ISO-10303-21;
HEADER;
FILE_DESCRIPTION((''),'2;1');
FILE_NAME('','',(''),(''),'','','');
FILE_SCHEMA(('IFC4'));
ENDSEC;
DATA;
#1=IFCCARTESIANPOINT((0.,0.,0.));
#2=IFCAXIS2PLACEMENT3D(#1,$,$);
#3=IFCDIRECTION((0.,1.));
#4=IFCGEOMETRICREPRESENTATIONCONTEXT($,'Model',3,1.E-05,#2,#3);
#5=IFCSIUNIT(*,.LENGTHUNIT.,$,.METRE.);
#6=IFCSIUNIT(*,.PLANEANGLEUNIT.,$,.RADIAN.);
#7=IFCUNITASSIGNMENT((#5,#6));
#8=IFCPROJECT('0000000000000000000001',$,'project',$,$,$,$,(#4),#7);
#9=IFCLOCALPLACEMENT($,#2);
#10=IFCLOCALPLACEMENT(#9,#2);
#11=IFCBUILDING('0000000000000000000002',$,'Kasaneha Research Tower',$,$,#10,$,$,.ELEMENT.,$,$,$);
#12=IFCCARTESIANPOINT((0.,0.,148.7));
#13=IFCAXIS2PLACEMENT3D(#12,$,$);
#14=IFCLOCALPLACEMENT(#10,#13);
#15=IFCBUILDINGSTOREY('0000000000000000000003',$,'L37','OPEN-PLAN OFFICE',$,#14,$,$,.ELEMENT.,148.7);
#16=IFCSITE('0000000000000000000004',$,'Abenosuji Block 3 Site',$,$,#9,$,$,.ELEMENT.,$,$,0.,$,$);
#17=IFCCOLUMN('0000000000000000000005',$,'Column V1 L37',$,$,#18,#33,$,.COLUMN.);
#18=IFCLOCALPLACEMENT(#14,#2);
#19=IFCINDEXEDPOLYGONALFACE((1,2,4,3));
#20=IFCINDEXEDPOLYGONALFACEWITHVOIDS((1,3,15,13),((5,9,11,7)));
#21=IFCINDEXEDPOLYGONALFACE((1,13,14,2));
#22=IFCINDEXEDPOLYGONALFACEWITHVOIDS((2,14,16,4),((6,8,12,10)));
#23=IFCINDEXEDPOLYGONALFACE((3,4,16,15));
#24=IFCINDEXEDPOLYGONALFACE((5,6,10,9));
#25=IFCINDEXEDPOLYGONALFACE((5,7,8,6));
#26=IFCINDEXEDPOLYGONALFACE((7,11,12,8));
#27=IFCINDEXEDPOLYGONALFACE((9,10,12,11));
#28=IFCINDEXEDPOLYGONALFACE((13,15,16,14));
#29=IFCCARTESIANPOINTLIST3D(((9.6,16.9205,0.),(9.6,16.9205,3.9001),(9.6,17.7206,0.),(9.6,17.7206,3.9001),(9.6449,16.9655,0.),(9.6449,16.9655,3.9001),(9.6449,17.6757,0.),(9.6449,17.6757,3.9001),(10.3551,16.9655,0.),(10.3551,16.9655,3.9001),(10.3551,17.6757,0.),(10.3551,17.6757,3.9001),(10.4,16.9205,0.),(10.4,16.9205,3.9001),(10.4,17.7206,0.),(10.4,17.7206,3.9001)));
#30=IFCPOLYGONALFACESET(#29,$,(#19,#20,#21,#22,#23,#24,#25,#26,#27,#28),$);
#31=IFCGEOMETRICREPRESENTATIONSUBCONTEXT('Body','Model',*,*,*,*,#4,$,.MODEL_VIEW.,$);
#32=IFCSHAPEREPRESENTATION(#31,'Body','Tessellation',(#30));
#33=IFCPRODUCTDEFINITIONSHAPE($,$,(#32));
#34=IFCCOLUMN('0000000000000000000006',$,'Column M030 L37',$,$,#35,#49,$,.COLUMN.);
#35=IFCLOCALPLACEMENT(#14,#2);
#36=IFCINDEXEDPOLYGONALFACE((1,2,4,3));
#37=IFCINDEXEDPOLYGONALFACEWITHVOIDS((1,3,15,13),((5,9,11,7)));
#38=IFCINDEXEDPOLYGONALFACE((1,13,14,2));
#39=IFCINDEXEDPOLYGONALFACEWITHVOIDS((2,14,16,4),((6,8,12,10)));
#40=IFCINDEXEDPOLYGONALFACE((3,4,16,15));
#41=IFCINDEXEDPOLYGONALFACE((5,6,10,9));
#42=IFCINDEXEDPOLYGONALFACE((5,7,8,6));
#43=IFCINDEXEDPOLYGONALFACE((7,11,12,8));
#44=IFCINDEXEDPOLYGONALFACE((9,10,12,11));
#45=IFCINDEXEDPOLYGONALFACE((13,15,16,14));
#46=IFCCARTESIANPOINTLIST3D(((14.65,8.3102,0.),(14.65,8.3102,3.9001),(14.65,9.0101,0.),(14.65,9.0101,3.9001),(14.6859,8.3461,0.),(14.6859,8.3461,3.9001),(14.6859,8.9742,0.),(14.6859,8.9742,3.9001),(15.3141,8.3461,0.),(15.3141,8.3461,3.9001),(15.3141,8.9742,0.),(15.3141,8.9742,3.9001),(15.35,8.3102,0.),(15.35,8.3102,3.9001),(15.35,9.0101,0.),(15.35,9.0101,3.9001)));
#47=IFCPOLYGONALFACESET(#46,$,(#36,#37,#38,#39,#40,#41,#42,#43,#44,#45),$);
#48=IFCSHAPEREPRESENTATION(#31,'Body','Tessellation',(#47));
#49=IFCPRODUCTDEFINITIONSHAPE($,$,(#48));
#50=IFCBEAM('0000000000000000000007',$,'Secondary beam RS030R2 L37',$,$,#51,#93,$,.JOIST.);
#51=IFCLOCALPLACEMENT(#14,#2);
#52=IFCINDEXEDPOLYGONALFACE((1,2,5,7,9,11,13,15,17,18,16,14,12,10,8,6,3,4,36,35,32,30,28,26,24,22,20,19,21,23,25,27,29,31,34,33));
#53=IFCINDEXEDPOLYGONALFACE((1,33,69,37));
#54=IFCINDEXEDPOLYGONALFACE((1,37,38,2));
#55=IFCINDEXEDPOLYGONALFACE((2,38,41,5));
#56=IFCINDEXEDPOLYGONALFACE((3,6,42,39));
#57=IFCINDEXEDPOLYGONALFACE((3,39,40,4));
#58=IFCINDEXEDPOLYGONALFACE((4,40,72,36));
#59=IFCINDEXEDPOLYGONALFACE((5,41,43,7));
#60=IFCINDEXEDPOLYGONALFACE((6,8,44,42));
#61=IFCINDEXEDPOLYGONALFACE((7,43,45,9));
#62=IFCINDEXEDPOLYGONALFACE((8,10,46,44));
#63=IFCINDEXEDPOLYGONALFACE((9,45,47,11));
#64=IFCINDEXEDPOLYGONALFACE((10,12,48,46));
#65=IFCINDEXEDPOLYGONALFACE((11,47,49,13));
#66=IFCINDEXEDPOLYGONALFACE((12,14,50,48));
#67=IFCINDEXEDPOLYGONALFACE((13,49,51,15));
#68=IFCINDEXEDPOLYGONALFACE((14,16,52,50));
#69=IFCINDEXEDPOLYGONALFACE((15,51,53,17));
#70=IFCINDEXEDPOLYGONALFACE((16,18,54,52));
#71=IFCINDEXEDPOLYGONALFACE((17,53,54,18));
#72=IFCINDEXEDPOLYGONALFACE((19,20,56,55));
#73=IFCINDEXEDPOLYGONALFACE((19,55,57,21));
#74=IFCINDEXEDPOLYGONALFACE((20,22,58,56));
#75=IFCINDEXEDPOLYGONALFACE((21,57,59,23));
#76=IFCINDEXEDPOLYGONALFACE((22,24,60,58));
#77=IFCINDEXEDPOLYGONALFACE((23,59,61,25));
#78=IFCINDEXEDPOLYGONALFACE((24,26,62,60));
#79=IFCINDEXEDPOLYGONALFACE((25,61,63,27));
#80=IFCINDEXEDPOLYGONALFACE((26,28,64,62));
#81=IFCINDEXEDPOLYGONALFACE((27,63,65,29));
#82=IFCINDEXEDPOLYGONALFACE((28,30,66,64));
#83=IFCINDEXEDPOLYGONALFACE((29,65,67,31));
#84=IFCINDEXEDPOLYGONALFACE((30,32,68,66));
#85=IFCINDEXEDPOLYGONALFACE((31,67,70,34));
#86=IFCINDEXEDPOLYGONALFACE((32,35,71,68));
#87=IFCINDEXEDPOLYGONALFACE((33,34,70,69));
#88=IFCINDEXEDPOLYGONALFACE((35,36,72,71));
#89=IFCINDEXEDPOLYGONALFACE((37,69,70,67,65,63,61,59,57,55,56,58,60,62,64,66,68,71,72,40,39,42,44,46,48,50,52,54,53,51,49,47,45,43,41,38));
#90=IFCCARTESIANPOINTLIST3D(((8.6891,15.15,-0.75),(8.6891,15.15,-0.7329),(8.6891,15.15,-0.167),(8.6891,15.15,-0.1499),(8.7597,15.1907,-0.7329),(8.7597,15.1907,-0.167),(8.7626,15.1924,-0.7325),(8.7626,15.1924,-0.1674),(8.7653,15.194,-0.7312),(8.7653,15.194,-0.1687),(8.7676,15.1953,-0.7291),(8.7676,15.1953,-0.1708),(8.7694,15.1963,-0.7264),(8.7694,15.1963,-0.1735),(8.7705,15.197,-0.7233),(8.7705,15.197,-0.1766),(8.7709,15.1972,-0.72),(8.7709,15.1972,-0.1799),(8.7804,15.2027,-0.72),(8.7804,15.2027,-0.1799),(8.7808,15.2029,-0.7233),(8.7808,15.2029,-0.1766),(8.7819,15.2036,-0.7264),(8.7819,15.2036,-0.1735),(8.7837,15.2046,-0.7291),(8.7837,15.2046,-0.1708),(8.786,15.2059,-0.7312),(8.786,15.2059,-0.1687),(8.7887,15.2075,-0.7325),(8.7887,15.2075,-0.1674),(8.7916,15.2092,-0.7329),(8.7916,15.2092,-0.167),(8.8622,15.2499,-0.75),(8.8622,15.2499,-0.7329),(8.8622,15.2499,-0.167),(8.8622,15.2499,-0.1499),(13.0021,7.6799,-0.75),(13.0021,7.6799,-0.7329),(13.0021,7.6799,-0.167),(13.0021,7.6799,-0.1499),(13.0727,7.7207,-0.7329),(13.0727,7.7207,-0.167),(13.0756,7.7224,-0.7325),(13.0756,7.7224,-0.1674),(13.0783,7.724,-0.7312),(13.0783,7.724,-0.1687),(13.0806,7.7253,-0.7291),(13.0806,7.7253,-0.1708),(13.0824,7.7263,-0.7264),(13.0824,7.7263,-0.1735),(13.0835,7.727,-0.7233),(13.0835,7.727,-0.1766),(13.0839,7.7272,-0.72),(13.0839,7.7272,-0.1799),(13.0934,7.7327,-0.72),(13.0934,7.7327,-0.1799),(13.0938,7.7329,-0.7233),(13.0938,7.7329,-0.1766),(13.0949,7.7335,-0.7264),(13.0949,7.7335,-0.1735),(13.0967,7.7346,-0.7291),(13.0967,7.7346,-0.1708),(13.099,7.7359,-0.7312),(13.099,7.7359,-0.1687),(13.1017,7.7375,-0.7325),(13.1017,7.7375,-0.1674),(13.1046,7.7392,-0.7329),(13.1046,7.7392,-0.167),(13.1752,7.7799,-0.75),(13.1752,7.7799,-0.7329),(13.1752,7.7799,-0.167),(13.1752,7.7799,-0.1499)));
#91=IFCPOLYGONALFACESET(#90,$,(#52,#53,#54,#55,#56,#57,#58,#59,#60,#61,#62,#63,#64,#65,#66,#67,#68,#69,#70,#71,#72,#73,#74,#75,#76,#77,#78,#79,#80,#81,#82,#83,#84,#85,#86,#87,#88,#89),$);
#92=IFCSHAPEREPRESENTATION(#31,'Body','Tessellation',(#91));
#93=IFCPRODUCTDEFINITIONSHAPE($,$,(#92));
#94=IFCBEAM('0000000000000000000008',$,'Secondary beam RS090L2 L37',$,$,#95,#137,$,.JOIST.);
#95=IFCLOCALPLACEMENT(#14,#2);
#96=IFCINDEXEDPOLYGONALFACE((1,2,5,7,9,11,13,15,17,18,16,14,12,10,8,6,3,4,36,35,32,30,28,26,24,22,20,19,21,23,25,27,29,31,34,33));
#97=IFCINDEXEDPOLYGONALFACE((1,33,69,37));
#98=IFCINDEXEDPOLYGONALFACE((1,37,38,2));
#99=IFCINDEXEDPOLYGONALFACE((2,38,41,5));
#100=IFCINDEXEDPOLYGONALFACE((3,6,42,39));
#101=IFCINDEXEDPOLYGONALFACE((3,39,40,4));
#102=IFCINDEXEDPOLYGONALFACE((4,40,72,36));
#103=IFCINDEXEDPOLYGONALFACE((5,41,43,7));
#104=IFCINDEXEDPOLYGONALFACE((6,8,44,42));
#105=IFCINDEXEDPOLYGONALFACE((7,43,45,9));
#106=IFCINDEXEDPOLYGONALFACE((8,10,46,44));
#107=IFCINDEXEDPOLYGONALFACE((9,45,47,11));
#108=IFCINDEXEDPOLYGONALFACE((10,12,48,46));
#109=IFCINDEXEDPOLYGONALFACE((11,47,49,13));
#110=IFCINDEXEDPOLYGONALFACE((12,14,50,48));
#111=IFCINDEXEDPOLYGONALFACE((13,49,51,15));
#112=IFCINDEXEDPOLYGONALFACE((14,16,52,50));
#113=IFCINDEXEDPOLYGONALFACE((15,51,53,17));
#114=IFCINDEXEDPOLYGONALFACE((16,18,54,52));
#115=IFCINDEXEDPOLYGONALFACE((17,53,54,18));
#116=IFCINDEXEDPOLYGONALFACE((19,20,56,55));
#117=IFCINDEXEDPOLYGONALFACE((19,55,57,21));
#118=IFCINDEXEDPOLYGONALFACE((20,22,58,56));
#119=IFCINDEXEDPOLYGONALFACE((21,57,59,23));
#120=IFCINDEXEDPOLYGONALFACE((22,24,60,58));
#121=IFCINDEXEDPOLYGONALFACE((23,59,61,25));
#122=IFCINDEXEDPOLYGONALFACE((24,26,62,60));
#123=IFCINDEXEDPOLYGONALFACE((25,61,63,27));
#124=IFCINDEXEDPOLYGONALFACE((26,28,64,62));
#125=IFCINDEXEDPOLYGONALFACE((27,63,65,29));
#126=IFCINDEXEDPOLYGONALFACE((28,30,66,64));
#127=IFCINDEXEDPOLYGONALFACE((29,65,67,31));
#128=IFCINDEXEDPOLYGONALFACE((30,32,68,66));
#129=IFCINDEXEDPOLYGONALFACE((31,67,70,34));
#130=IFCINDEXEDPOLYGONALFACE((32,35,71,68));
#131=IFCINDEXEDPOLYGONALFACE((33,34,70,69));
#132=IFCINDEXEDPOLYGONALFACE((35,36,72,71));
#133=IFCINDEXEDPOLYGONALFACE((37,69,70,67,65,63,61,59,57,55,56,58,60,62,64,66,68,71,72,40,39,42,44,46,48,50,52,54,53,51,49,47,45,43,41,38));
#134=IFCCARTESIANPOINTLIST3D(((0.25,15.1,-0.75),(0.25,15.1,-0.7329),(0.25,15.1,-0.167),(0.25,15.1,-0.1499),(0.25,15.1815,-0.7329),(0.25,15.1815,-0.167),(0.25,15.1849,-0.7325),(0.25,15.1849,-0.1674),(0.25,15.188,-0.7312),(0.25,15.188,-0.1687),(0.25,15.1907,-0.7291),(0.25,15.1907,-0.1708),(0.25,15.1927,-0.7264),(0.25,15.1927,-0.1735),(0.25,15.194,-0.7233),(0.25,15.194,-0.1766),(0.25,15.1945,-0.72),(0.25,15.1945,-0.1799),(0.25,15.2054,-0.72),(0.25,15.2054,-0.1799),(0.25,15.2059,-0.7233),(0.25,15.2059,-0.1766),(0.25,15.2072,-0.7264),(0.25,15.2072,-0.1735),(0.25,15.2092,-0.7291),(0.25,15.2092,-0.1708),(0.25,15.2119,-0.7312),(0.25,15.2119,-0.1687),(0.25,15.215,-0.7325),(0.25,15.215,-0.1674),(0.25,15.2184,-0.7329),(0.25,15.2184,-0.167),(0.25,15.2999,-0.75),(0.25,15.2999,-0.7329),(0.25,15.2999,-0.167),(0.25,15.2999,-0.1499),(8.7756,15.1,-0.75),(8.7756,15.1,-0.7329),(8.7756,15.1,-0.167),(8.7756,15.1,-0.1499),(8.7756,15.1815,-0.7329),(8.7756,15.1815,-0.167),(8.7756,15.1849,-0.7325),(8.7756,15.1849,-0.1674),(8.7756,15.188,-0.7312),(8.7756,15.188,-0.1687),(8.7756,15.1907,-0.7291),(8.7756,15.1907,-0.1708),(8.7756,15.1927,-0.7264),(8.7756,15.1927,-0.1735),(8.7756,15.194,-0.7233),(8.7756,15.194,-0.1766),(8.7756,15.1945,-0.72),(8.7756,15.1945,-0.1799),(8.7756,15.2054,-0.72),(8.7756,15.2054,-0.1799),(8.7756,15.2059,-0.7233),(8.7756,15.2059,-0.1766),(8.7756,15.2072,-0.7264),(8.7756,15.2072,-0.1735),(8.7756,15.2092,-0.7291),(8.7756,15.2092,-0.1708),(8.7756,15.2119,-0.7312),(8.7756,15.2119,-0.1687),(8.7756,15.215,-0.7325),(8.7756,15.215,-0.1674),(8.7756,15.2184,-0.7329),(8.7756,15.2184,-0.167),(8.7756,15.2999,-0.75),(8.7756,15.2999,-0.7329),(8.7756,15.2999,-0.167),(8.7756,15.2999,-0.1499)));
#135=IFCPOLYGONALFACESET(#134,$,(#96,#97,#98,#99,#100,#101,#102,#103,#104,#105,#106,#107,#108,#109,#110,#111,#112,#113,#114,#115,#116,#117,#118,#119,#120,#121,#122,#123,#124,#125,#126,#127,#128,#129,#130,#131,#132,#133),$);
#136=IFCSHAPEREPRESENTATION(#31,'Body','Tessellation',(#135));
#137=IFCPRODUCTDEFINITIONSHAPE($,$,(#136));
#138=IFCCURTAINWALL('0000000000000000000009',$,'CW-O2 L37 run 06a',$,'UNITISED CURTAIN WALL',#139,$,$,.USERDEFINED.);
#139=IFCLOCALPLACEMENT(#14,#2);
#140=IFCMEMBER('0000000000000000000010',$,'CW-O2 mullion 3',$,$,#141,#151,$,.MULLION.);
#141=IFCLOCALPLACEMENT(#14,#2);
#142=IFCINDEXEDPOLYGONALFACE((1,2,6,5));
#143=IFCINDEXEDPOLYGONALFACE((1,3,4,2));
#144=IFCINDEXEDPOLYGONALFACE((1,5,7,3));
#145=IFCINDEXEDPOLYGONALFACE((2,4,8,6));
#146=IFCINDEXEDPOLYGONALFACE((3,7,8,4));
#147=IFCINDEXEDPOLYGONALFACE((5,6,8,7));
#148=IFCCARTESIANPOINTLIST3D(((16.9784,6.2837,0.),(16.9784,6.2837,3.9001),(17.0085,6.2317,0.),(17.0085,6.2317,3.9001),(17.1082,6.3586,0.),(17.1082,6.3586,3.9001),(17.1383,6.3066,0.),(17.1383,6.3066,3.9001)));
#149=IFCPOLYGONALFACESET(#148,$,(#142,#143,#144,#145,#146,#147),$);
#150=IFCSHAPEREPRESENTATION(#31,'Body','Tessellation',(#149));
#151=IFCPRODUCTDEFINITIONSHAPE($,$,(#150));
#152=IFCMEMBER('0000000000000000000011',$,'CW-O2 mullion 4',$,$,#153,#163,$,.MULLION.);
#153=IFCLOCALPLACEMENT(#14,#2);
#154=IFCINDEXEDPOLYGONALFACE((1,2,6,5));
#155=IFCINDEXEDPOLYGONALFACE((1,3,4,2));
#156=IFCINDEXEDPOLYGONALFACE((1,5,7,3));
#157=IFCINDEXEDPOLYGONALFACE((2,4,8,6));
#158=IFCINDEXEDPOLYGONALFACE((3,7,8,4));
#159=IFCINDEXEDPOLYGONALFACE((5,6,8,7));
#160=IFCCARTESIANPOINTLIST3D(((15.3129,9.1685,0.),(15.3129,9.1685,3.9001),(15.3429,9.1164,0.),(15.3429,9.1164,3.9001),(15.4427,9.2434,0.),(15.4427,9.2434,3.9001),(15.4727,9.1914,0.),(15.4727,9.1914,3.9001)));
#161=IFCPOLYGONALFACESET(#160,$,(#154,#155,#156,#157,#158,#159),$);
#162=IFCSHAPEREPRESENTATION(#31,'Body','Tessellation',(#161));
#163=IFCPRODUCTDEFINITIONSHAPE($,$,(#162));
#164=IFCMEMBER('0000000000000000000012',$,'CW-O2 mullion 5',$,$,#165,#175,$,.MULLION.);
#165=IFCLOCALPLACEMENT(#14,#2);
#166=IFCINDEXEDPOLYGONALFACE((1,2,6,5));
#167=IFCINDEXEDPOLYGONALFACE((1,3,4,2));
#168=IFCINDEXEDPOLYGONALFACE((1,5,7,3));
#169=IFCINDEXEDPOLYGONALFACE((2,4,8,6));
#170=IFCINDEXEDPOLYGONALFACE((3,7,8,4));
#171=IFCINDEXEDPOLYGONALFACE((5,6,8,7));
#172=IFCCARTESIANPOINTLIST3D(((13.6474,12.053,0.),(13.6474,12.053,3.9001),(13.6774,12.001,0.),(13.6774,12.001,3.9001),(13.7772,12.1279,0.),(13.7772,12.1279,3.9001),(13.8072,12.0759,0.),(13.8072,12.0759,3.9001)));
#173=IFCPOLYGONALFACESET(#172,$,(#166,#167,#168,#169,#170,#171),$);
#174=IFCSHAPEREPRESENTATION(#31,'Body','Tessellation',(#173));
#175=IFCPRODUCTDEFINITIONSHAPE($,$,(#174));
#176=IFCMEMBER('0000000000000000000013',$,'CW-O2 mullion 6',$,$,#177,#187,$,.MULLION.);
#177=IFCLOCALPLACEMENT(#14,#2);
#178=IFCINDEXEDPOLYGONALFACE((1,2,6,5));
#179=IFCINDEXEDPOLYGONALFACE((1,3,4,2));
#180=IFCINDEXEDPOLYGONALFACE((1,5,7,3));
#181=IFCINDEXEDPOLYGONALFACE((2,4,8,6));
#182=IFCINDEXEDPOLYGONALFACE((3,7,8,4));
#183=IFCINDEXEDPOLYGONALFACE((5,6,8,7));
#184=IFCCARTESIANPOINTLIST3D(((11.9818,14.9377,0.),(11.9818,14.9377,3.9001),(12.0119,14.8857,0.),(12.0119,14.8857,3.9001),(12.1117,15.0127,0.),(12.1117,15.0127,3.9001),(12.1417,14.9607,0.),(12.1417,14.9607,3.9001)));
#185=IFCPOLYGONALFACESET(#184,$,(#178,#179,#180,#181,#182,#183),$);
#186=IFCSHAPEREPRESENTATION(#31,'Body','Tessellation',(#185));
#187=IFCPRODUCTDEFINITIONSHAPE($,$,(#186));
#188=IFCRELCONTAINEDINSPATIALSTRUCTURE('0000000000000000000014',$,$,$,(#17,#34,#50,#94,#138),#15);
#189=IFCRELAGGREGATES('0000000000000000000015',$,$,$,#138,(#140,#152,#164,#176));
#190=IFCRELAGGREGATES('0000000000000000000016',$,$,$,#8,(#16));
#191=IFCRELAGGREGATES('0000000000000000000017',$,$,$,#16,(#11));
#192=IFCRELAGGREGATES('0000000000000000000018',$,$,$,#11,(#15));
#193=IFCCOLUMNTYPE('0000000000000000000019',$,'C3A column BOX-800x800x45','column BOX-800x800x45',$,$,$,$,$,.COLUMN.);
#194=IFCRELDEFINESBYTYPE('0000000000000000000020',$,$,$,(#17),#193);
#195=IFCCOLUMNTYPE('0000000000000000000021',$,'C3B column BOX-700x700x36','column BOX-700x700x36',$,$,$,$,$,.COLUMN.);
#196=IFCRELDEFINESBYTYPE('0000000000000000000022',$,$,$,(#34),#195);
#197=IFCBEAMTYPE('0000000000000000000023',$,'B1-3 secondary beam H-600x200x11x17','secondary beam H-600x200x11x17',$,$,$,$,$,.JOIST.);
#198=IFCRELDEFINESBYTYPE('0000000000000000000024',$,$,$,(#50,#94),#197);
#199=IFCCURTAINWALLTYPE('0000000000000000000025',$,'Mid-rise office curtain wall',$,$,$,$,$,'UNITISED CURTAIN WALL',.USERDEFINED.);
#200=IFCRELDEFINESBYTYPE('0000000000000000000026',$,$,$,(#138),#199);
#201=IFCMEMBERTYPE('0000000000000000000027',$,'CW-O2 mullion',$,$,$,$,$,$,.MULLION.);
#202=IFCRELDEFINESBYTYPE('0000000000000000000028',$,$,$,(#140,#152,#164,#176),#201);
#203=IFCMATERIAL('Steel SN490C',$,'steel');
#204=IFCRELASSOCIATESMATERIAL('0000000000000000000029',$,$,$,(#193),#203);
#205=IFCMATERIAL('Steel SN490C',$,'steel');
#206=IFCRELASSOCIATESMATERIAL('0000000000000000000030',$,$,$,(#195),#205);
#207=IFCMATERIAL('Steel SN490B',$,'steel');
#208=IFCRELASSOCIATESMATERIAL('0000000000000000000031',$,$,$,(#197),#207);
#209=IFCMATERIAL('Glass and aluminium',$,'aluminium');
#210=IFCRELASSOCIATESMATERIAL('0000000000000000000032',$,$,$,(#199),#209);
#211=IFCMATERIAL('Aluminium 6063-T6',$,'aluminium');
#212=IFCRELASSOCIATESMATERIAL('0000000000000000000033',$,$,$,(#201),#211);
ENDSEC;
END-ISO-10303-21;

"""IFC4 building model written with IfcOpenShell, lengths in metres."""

from ifc_helpers import new_model, si_unit, direction, frame, origin, origin_2d, place, context, subcontext, project, spatial, rectangle, hollow_rectangle, i_section, extrude, material, material_profile, profile_set, type_object, element, aggregate, save


model = new_model("IFC4")

# Units and contexts
model_context = context("Model", 3, precision=1e-05, world=origin(), true_north=direction((0.0, 1.0)))
body_context = subcontext(model_context, "Body", "Model", "MODEL_VIEW")
ifc_project = project(units=[si_unit("LENGTHUNIT", "METRE"), si_unit("PLANEANGLEUNIT", "RADIAN")], contexts=[model_context])

# Site, building, storey
site_placement = place(None, origin())
site = spatial("IfcSite", under=ifc_project, at=site_placement, Name="Abenosuji Block 3 Site", CompositionType="ELEMENT", RefElevation=0.0)
building_placement = place(site_placement, origin())
building = spatial("IfcBuilding", under=site, at=building_placement, Name="Kasaneha Research Tower", CompositionType="ELEMENT")
storey_placement = place(building_placement, frame((0.0, 0.0, 148.7)))
storey = spatial("IfcBuildingStorey", under=building, at=storey_placement, Name="L37", Description="OPEN-PLAN OFFICE", CompositionType="ELEMENT", Elevation=148.7)

# Columns
ifc_material_1 = material(Name="Steel SN490C", Category="steel")
ifc_material_profile_1 = material_profile(ifc_material_1, hollow_rectangle(XDim=0.8, YDim=0.8, WallThickness=0.0449, at=origin_2d()), Name="BOX-800x800x45")
ifc_profile_set_1 = profile_set([ifc_material_profile_1], Name="Steel SN490C")
column_type_1 = type_object("IfcColumnType", Name="C3A column BOX-800x800x45", Description="column BOX-800x800x45", PredefinedType="COLUMN", material=ifc_profile_set_1)
column_1_placement = place(storey_placement, frame((10.0, 17.3206, 0.0), z_axis=(0.0, 0.0, 1.0), x_axis=(1.0, 0.0, 0.0)))
element("IfcColumn", 1, at=column_1_placement, inside=storey, type_object=column_type_1, Name="Column V1 L37", PredefinedType="COLUMN", context=body_context, shape_type="SweptSolid", body=[
    extrude(hollow_rectangle(XDim=0.8, YDim=0.8, WallThickness=0.0449, at=origin_2d()), origin(), (0.0, 0.0, 1.0), 3.9001),
])
ifc_material_2 = material(Name="Steel SN490C", Category="steel")
ifc_material_profile_2 = material_profile(ifc_material_2, hollow_rectangle(XDim=0.7, YDim=0.7, WallThickness=0.0359, at=origin_2d()), Name="BOX-700x700x36")
ifc_profile_set_2 = profile_set([ifc_material_profile_2], Name="Steel SN490C")
column_type_2 = type_object("IfcColumnType", Name="C3B column BOX-700x700x36", Description="column BOX-700x700x36", PredefinedType="COLUMN", material=ifc_profile_set_2)
column_2_placement = place(storey_placement, frame((15.0, 8.6602, 0.0), z_axis=(0.0, 0.0, 1.0), x_axis=(1.0, 0.0, 0.0)))
element("IfcColumn", 2, at=column_2_placement, inside=storey, type_object=column_type_2, Name="Column M030 L37", PredefinedType="COLUMN", context=body_context, shape_type="SweptSolid", body=[
    extrude(hollow_rectangle(XDim=0.7, YDim=0.7, WallThickness=0.0359, at=origin_2d()), origin(), (0.0, 0.0, 1.0), 3.9001),
])

# Beams
ifc_material_3 = material(Name="Steel SN490B", Category="steel")
ifc_material_profile_3 = material_profile(ifc_material_3, i_section(OverallWidth=0.2, OverallDepth=0.6001, WebThickness=0.011, FlangeThickness=0.0171, FilletRadius=0.0129, at=origin_2d()), Name="H-600x200x11x17")
ifc_profile_set_3 = profile_set([ifc_material_profile_3], Name="Steel SN490B")
beam_type_1 = type_object("IfcBeamType", Name="B1-3 secondary beam H-600x200x11x17", Description="secondary beam H-600x200x11x17", PredefinedType="JOIST", material=ifc_profile_set_3)
beam_1_placement = place(storey_placement, frame((8.7756, 15.2, -0.45), z_axis=(0.500017, -0.866015, 0.0), x_axis=(0.866015, 0.500017, 0.0)))
element("IfcBeam", 3, at=beam_1_placement, inside=storey, type_object=beam_type_1, Name="Secondary beam RS030R2 L37", PredefinedType="JOIST", context=body_context, shape_type="SweptSolid", body=[
    extrude(i_section(OverallWidth=0.2, OverallDepth=0.6001, WebThickness=0.011, FlangeThickness=0.0171, FilletRadius=0.0129, at=origin_2d()), origin(), (0.0, 0.0, 1.0), 8.6257),
])
beam_2_placement = place(storey_placement, frame((8.7756, 15.2, -0.45), z_axis=(-1.0, 0.0, 0.0), x_axis=(0.0, -1.0, 0.0)))
element("IfcBeam", 4, at=beam_2_placement, inside=storey, type_object=beam_type_1, Name="Secondary beam RS090L2 L37", PredefinedType="JOIST", context=body_context, shape_type="SweptSolid", body=[
    extrude(i_section(OverallWidth=0.2, OverallDepth=0.6001, WebThickness=0.011, FlangeThickness=0.0171, FilletRadius=0.0129, at=origin_2d()), origin(), (0.0, 0.0, 1.0), 8.5256),
])

# Curtain wall, members
ifc_material_4 = material(Name="Glass and aluminium", Category="aluminium")
curtain_wall_type = type_object("IfcCurtainWallType", Name="Mid-rise office curtain wall", ElementType="UNITISED CURTAIN WALL", PredefinedType="USERDEFINED", material=ifc_material_4)
curtain_wall_1_placement = place(storey_placement, origin())
curtain_wall_1 = element("IfcCurtainWall", 5, at=curtain_wall_1_placement, inside=storey, type_object=curtain_wall_type, Name="CW-O2 L37 run 06a", ObjectType="UNITISED CURTAIN WALL", PredefinedType="USERDEFINED")
ifc_material_5 = material(Name="Aluminium 6063-T6", Category="aluminium")
ifc_material_profile_4 = material_profile(ifc_material_5, rectangle(XDim=0.0601, YDim=0.1499, at=origin_2d()), Name="CW-O2 mullion 60x150")
ifc_profile_set_4 = profile_set([ifc_material_profile_4], Name="Aluminium 6063-T6")
member_type_1 = type_object("IfcMemberType", Name="CW-O2 mullion", PredefinedType="MULLION", material=ifc_profile_set_4)
member_1_placement = place(storey_placement, frame((17.0583, 6.2952, 0.0), z_axis=(0.0, 0.0, 1.0), x_axis=(-0.5, 0.866025, 0.0)))
member_1 = element("IfcMember", 6, at=member_1_placement, type_object=member_type_1, Name="CW-O2 mullion 3", PredefinedType="MULLION", context=body_context, shape_type="SweptSolid", body=[
    extrude(rectangle(XDim=0.0601, YDim=0.1499, at=origin_2d()), origin(), (0.0, 0.0, 1.0), 3.9001),
])
member_2_placement = place(storey_placement, frame((15.3928, 9.1799, 0.0), z_axis=(0.0, 0.0, 1.0), x_axis=(-0.5, 0.866025, 0.0)))
member_2 = element("IfcMember", 7, at=member_2_placement, type_object=member_type_1, Name="CW-O2 mullion 4", PredefinedType="MULLION", context=body_context, shape_type="SweptSolid", body=[
    extrude(rectangle(XDim=0.0601, YDim=0.1499, at=origin_2d()), origin(), (0.0, 0.0, 1.0), 3.9001),
])
member_3_placement = place(storey_placement, frame((13.7273, 12.0645, 0.0), z_axis=(0.0, 0.0, 1.0), x_axis=(-0.5, 0.866025, 0.0)))
member_3 = element("IfcMember", 8, at=member_3_placement, type_object=member_type_1, Name="CW-O2 mullion 5", PredefinedType="MULLION", context=body_context, shape_type="SweptSolid", body=[
    extrude(rectangle(XDim=0.0601, YDim=0.1499, at=origin_2d()), origin(), (0.0, 0.0, 1.0), 3.9001),
])
member_4_placement = place(storey_placement, frame((12.0618, 14.9492, 0.0), z_axis=(0.0, 0.0, 1.0), x_axis=(-0.5, 0.866025, 0.0)))
member_4 = element("IfcMember", 9, at=member_4_placement, type_object=member_type_1, Name="CW-O2 mullion 6", PredefinedType="MULLION", context=body_context, shape_type="SweptSolid", body=[
    extrude(rectangle(XDim=0.0601, YDim=0.1499, at=origin_2d()), origin(), (0.0, 0.0, 1.0), 3.9001),
])

aggregate(curtain_wall_1, [member_1, member_2, member_3, member_4])

save(model, "model.ifc")
